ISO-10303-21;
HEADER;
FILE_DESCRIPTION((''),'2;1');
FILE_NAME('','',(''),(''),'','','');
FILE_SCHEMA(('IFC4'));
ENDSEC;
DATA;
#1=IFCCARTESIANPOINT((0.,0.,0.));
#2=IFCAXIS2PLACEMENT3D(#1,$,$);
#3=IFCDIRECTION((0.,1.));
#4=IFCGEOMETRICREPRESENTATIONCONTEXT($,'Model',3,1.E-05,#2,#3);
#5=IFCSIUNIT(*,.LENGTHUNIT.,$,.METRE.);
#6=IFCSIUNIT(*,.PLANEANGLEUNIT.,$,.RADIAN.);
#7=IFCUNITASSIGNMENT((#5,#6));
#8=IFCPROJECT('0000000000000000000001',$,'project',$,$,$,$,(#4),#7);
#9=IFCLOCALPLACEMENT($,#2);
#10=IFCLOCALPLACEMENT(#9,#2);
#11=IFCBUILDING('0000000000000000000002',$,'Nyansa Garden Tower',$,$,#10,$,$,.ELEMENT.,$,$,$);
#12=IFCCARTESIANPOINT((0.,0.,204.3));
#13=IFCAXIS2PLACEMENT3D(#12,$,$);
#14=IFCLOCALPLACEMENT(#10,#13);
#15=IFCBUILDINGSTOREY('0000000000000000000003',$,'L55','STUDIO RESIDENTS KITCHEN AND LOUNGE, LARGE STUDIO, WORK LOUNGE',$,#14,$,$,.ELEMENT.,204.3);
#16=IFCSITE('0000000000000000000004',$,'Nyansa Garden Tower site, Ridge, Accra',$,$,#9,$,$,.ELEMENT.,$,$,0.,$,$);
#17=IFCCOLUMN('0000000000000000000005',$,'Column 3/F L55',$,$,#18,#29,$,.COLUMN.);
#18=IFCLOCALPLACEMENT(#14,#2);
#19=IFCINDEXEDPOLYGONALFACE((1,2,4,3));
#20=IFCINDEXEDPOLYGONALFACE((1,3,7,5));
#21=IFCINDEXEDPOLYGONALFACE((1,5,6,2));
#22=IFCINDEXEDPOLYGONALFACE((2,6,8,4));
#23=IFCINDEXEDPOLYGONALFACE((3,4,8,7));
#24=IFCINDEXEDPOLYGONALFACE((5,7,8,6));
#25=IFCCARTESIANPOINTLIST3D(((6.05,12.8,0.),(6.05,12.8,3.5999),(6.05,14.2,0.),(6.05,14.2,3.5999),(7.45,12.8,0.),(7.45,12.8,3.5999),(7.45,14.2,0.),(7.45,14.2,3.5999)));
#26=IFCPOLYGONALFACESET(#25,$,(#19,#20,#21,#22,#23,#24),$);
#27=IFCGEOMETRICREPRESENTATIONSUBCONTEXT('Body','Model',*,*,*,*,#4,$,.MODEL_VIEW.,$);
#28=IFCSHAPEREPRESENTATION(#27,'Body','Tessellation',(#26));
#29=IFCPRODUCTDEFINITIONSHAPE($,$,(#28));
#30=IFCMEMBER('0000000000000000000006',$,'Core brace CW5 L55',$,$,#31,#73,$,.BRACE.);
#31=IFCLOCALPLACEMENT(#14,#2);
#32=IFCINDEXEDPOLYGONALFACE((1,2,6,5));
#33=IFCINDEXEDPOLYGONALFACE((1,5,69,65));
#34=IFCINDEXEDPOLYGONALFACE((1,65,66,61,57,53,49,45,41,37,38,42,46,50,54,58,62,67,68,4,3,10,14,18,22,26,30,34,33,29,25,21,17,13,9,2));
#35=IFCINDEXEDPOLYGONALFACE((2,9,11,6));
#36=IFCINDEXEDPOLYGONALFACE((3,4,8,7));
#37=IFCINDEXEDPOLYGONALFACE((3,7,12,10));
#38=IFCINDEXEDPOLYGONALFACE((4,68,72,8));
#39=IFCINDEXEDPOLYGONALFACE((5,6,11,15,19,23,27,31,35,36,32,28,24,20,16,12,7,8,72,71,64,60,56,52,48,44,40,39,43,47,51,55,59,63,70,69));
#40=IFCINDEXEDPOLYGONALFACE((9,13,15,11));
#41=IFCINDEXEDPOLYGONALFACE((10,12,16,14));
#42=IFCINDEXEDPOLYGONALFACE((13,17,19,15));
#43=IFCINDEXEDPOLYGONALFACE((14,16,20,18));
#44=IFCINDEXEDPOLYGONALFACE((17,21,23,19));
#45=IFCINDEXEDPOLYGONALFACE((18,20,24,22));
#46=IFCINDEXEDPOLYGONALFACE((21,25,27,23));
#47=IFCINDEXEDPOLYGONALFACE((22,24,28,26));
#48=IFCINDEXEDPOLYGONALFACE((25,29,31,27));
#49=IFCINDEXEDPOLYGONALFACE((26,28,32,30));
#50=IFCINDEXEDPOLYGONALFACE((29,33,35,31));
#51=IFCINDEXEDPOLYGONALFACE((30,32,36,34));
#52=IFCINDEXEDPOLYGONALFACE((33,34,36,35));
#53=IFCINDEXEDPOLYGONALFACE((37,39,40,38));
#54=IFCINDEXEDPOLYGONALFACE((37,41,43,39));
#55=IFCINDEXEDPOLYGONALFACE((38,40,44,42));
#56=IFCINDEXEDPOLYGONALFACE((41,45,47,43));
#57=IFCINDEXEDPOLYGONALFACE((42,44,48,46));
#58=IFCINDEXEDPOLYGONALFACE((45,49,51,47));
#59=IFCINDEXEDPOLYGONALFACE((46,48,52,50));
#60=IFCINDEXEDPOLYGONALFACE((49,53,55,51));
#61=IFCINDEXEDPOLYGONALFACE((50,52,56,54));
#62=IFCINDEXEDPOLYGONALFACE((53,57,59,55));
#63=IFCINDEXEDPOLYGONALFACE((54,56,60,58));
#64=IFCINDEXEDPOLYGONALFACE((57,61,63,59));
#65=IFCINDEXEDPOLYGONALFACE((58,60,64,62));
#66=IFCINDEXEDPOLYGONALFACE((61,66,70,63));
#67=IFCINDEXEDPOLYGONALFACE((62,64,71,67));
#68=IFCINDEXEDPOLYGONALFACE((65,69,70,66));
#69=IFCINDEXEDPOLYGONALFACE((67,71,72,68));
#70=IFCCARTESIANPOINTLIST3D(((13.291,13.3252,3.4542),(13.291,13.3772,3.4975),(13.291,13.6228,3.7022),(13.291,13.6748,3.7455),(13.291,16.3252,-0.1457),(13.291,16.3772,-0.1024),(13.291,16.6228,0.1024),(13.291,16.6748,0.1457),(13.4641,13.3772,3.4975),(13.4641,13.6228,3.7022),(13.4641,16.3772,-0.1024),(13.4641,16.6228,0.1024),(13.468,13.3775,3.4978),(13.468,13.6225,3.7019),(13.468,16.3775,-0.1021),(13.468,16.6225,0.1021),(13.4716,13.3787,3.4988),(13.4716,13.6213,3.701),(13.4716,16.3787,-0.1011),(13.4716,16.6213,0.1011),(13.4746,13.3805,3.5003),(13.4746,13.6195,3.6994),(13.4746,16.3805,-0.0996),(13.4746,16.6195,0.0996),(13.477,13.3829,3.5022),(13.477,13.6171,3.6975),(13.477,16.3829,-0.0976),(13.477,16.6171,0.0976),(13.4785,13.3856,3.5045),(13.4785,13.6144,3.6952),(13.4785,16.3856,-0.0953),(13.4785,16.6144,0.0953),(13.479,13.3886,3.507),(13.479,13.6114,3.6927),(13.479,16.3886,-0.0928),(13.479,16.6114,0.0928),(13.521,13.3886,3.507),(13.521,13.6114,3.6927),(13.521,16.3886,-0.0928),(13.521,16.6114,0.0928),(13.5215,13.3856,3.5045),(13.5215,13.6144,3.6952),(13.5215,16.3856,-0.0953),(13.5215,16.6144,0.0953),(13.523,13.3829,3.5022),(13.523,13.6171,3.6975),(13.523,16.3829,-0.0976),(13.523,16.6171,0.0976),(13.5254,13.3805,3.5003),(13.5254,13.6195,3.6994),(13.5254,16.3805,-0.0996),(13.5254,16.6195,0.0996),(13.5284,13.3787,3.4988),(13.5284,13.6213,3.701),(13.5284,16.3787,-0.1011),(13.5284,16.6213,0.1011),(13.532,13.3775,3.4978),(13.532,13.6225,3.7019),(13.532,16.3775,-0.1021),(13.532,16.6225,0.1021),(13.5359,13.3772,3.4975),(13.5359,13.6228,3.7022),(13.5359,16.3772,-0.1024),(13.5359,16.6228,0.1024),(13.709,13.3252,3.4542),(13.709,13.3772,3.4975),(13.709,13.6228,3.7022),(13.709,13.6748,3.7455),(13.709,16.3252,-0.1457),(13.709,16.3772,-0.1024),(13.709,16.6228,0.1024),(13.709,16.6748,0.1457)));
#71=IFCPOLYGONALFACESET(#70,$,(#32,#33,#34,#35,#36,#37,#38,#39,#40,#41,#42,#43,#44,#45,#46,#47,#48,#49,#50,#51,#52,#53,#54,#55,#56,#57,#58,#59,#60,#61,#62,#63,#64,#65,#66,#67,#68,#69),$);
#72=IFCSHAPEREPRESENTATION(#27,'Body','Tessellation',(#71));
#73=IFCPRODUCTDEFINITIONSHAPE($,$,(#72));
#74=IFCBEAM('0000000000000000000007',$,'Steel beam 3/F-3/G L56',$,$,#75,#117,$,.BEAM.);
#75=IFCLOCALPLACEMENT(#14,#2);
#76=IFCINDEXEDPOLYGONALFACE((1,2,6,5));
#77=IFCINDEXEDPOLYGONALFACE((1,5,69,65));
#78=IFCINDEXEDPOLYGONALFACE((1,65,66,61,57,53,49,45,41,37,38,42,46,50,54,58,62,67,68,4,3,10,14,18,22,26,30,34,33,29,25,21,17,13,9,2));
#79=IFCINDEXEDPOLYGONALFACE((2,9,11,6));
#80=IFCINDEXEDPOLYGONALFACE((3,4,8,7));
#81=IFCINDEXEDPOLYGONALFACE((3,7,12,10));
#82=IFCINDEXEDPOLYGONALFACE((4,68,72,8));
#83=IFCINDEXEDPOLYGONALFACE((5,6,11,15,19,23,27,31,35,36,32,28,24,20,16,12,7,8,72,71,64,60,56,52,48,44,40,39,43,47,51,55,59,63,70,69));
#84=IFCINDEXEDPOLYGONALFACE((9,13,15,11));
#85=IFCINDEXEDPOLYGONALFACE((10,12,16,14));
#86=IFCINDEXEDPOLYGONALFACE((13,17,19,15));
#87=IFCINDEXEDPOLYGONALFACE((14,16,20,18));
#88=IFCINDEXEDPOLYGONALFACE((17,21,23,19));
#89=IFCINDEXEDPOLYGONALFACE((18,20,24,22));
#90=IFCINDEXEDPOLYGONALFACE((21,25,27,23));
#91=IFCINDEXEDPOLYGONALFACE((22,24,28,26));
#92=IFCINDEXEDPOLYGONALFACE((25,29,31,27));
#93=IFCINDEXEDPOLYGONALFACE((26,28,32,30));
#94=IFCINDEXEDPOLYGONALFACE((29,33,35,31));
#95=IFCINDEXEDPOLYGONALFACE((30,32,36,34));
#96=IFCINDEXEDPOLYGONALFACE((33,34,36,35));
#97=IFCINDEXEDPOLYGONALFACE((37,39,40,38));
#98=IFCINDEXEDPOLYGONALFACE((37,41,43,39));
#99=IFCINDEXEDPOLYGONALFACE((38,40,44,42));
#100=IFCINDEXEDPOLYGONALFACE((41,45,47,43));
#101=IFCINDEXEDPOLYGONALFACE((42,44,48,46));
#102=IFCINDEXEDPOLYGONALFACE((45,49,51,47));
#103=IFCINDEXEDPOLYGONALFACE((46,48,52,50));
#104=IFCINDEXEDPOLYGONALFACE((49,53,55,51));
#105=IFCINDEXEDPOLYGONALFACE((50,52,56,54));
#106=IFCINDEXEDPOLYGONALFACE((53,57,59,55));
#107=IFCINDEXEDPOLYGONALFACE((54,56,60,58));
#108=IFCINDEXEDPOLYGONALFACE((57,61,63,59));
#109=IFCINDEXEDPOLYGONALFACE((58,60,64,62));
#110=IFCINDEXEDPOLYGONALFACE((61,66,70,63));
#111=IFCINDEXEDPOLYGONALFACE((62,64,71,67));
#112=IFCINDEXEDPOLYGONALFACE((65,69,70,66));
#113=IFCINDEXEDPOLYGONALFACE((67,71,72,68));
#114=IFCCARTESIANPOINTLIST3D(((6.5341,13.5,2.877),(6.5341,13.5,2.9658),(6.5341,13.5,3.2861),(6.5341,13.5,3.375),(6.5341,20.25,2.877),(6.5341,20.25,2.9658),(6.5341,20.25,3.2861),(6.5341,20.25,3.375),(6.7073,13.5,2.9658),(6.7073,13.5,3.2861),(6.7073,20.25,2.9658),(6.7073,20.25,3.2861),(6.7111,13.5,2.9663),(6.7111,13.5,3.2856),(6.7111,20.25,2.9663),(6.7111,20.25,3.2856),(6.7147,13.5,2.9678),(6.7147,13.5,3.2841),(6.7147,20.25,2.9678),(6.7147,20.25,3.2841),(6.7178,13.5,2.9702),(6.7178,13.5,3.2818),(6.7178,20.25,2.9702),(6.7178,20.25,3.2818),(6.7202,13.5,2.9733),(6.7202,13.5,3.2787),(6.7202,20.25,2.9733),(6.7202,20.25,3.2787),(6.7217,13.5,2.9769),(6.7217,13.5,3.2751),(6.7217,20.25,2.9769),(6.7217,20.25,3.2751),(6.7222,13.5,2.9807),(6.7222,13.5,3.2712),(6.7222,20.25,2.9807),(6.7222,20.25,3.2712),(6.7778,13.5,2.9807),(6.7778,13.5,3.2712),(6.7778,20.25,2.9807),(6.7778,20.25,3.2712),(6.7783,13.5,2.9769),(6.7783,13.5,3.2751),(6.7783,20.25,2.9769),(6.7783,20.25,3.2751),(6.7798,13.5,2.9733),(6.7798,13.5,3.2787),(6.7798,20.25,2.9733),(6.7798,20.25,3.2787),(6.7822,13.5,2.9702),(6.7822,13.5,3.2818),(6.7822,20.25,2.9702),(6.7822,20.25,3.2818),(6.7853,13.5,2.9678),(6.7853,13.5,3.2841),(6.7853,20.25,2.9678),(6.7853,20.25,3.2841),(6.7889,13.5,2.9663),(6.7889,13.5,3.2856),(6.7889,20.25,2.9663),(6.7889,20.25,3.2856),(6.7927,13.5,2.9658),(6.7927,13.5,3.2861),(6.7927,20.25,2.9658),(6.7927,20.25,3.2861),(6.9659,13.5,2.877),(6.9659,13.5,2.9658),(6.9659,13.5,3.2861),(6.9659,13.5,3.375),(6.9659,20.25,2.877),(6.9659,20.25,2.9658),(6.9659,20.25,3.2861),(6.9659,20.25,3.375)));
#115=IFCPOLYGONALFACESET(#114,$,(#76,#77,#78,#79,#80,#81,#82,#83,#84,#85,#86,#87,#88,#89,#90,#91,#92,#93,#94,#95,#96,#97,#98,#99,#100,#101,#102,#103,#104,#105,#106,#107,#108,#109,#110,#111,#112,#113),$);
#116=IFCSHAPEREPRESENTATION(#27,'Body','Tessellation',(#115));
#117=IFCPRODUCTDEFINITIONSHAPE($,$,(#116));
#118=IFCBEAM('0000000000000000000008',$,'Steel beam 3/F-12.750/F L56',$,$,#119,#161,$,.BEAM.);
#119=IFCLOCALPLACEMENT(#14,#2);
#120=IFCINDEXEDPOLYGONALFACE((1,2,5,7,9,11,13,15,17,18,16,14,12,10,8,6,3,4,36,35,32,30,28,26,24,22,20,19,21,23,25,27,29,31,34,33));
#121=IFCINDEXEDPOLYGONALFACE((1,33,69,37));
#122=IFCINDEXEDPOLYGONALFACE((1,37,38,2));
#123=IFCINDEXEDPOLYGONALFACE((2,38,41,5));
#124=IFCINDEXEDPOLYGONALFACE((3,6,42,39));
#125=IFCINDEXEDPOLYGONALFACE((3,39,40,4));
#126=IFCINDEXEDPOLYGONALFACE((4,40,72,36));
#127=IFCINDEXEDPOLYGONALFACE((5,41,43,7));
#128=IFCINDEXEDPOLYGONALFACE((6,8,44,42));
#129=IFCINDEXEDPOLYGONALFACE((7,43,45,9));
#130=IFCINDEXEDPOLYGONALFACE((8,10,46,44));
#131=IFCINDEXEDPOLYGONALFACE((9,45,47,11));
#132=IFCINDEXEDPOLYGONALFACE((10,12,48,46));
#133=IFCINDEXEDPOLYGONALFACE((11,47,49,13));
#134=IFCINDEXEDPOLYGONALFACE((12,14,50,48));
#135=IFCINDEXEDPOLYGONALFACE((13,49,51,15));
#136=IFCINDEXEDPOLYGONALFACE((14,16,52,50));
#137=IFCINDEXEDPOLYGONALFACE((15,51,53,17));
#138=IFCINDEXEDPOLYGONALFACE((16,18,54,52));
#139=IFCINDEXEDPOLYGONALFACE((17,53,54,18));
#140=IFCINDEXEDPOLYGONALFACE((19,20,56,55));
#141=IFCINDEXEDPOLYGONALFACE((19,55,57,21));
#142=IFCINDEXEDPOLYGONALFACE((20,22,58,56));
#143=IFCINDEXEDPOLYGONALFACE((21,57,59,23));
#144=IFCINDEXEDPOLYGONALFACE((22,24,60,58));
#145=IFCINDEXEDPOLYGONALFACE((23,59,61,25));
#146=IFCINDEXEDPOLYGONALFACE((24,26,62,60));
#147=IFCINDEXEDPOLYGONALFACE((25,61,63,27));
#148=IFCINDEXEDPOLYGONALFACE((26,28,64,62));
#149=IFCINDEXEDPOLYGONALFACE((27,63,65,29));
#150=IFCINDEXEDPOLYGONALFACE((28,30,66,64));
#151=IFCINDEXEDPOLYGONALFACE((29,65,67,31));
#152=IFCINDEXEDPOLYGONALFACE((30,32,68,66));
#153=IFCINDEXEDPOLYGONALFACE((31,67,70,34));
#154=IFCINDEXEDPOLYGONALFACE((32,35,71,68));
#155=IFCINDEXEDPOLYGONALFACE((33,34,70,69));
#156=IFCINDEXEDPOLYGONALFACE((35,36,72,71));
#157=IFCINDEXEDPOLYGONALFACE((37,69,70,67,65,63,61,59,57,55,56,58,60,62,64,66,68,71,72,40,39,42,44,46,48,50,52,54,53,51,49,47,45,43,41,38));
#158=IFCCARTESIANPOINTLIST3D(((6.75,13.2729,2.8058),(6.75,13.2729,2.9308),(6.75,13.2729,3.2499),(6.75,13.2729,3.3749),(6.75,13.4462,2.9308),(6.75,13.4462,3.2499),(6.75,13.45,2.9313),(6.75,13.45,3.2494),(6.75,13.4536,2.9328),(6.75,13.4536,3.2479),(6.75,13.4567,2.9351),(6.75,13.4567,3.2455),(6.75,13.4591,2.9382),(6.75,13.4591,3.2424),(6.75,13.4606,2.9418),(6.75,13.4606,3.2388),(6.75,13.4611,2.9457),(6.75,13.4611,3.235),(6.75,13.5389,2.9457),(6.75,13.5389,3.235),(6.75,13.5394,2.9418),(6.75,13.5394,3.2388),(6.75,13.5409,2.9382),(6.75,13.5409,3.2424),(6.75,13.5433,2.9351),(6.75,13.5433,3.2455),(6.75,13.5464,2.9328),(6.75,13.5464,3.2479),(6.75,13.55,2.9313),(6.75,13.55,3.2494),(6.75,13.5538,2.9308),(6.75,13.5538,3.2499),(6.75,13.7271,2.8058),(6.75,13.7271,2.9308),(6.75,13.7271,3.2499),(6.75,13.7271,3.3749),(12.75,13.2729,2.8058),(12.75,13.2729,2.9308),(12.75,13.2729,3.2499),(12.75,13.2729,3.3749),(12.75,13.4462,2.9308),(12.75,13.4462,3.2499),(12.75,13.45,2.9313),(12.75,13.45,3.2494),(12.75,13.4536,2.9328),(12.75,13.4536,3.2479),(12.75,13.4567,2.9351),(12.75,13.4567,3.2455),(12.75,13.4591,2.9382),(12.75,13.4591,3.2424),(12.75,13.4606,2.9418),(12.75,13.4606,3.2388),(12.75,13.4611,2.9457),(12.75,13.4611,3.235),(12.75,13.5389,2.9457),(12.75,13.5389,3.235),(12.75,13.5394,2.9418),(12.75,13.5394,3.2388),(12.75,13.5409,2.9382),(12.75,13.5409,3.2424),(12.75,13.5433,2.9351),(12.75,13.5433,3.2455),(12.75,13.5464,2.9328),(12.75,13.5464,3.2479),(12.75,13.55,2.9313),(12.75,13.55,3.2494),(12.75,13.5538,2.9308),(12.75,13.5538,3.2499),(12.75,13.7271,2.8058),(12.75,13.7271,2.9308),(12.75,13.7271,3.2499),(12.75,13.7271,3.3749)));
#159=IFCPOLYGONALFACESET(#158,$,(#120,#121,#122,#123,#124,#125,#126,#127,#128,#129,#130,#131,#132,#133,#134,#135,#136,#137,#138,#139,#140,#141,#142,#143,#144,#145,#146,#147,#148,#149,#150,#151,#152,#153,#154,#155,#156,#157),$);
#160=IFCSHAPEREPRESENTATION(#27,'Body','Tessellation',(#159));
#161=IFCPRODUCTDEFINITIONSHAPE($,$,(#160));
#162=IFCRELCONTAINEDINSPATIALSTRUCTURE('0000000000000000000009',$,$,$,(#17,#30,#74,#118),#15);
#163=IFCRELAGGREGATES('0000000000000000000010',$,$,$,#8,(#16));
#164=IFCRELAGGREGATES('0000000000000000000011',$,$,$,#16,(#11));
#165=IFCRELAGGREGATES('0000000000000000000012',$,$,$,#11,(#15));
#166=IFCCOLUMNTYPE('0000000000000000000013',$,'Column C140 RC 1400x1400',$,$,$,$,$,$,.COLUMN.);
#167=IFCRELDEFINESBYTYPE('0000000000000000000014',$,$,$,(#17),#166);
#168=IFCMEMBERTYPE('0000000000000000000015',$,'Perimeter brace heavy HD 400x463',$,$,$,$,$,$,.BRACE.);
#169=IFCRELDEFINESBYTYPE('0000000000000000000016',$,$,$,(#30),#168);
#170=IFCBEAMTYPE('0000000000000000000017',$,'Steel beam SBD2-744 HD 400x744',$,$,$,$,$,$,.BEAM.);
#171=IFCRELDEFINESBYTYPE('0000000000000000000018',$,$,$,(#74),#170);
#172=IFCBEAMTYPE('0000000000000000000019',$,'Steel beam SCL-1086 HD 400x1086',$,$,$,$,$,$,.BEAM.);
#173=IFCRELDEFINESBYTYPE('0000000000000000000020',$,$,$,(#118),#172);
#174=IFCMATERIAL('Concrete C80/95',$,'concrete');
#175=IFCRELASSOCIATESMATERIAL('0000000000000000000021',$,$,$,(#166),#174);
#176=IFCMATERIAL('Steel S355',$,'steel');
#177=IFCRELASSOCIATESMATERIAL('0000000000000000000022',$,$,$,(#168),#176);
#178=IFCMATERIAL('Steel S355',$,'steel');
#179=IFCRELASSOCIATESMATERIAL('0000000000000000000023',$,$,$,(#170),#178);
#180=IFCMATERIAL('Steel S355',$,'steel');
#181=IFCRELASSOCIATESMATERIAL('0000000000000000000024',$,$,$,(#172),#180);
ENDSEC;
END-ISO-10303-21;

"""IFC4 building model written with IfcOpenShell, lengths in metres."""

from ifc_helpers import new_model, si_unit, direction, frame, origin, origin_2d, place, context, subcontext, project, spatial, rectangle, i_section, extrude, material, material_profile, profile_set, type_object, element, save


model = new_model("IFC4")

# Units and contexts
model_context = context("Model", 3, precision=1e-05, world=origin(), true_north=direction((0.0, 1.0)))
body_context = subcontext(model_context, "Body", "Model", "MODEL_VIEW")
ifc_project = project(units=[si_unit("LENGTHUNIT", "METRE"), si_unit("PLANEANGLEUNIT", "RADIAN")], contexts=[model_context])

# Site, building, storey
site_placement = place(None, origin())
site = spatial("IfcSite", under=ifc_project, at=site_placement, Name="Nyansa Garden Tower site, Ridge, Accra", CompositionType="ELEMENT", RefElevation=0.0)
building_placement = place(site_placement, origin())
building = spatial("IfcBuilding", under=site, at=building_placement, Name="Nyansa Garden Tower", CompositionType="ELEMENT")
storey_placement = place(building_placement, frame((0.0, 0.0, 204.3)))
storey = spatial("IfcBuildingStorey", under=building, at=storey_placement, Name="L55", Description="STUDIO RESIDENTS KITCHEN AND LOUNGE, LARGE STUDIO, WORK LOUNGE", CompositionType="ELEMENT", Elevation=204.3)

# Column
ifc_material_1 = material(Name="Concrete C80/95", Category="concrete")
ifc_material_profile_1 = material_profile(ifc_material_1, rectangle(XDim=1.3999, YDim=1.3999, at=origin_2d()), Name="RC 1400x1400")
ifc_profile_set_1 = profile_set([ifc_material_profile_1], Name="Concrete C80/95")
column_type = type_object("IfcColumnType", Name="Column C140 RC 1400x1400", PredefinedType="COLUMN", material=ifc_profile_set_1)
column_placement = place(storey_placement, frame((6.75, 13.5, 0.0), z_axis=(0.0, 0.0, 1.0), x_axis=(1.0, 0.0, 0.0)))
element("IfcColumn", 1, at=column_placement, inside=storey, type_object=column_type, Name="Column 3/F L55", PredefinedType="COLUMN", context=body_context, shape_type="SweptSolid", body=[
    extrude(rectangle(XDim=1.3999, YDim=1.3999, at=origin_2d()), origin(), (0.0, 0.0, 1.0), 3.5999),
])

# Member
ifc_material_2 = material(Name="Steel S355", Category="steel")
ifc_material_profile_2 = material_profile(ifc_material_2, i_section(OverallWidth=0.418, OverallDepth=0.4551, WebThickness=0.042, FlangeThickness=0.0676, FilletRadius=0.0149, at=origin_2d()), Name="HD 400x463")
ifc_profile_set_2 = profile_set([ifc_material_profile_2], Name="Steel S355")
member_type = type_object("IfcMemberType", Name="Perimeter brace heavy HD 400x463", PredefinedType="BRACE", material=ifc_profile_set_2)
member_placement = place(storey_placement, frame((13.5, 16.5, 0.0), z_axis=(0.0, -0.6402, 0.768208), x_axis=(1.0, 0.0, 0.0)))
element("IfcMember", 2, at=member_placement, inside=storey, type_object=member_type, Name="Core brace CW5 L55", PredefinedType="BRACE", context=body_context, shape_type="SweptSolid", body=[
    extrude(i_section(OverallWidth=0.418, OverallDepth=0.4551, WebThickness=0.042, FlangeThickness=0.0676, FilletRadius=0.0149, at=origin_2d()), origin(), (0.0, 0.0, 1.0), 4.686),
])

# Beams
ifc_material_3 = material(Name="Steel S355", Category="steel")
ifc_material_profile_3 = material_profile(ifc_material_3, i_section(OverallWidth=0.4319, OverallDepth=0.498, WebThickness=0.0557, FlangeThickness=0.0889, FilletRadius=0.0149, at=origin_2d()), Name="HD 400x744")
ifc_profile_set_3 = profile_set([ifc_material_profile_3], Name="Steel S355")
beam_type_1 = type_object("IfcBeamType", Name="Steel beam SBD2-744 HD 400x744", PredefinedType="BEAM", material=ifc_profile_set_3)
beam_1_placement = place(storey_placement, frame((6.75, 13.5, 3.126), z_axis=(0.0, 1.0, 0.0), x_axis=(-1.0, 0.0, 0.0)))
element("IfcBeam", 3, at=beam_1_placement, inside=storey, type_object=beam_type_1, Name="Steel beam 3/F-3/G L56", PredefinedType="BEAM", context=body_context, shape_type="SweptSolid", body=[
    extrude(i_section(OverallWidth=0.4319, OverallDepth=0.498, WebThickness=0.0557, FlangeThickness=0.0889, FilletRadius=0.0149, at=origin_2d()), origin(), (0.0, 0.0, 1.0), 6.75),
])
ifc_material_4 = material(Name="Steel S355", Category="steel")
ifc_material_profile_4 = material_profile(ifc_material_4, i_section(OverallWidth=0.4541, OverallDepth=0.5691, WebThickness=0.0779, FlangeThickness=0.125, FilletRadius=0.0149, at=origin_2d()), Name="HD 400x1086")
ifc_profile_set_4 = profile_set([ifc_material_profile_4], Name="Steel S355")
beam_type_2 = type_object("IfcBeamType", Name="Steel beam SCL-1086 HD 400x1086", PredefinedType="BEAM", material=ifc_profile_set_4)
beam_2_placement = place(storey_placement, frame((6.75, 13.5, 3.0903), z_axis=(1.0, 0.0, 0.0), x_axis=(0.0, 1.0, 0.0)))
element("IfcBeam", 4, at=beam_2_placement, inside=storey, type_object=beam_type_2, Name="Steel beam 3/F-12.750/F L56", PredefinedType="BEAM", context=body_context, shape_type="SweptSolid", body=[
    extrude(i_section(OverallWidth=0.4541, OverallDepth=0.5691, WebThickness=0.0779, FlangeThickness=0.125, FilletRadius=0.0149, at=origin_2d()), origin(), (0.0, 0.0, 1.0), 6.0),
])

save(model, "model.ifc")
